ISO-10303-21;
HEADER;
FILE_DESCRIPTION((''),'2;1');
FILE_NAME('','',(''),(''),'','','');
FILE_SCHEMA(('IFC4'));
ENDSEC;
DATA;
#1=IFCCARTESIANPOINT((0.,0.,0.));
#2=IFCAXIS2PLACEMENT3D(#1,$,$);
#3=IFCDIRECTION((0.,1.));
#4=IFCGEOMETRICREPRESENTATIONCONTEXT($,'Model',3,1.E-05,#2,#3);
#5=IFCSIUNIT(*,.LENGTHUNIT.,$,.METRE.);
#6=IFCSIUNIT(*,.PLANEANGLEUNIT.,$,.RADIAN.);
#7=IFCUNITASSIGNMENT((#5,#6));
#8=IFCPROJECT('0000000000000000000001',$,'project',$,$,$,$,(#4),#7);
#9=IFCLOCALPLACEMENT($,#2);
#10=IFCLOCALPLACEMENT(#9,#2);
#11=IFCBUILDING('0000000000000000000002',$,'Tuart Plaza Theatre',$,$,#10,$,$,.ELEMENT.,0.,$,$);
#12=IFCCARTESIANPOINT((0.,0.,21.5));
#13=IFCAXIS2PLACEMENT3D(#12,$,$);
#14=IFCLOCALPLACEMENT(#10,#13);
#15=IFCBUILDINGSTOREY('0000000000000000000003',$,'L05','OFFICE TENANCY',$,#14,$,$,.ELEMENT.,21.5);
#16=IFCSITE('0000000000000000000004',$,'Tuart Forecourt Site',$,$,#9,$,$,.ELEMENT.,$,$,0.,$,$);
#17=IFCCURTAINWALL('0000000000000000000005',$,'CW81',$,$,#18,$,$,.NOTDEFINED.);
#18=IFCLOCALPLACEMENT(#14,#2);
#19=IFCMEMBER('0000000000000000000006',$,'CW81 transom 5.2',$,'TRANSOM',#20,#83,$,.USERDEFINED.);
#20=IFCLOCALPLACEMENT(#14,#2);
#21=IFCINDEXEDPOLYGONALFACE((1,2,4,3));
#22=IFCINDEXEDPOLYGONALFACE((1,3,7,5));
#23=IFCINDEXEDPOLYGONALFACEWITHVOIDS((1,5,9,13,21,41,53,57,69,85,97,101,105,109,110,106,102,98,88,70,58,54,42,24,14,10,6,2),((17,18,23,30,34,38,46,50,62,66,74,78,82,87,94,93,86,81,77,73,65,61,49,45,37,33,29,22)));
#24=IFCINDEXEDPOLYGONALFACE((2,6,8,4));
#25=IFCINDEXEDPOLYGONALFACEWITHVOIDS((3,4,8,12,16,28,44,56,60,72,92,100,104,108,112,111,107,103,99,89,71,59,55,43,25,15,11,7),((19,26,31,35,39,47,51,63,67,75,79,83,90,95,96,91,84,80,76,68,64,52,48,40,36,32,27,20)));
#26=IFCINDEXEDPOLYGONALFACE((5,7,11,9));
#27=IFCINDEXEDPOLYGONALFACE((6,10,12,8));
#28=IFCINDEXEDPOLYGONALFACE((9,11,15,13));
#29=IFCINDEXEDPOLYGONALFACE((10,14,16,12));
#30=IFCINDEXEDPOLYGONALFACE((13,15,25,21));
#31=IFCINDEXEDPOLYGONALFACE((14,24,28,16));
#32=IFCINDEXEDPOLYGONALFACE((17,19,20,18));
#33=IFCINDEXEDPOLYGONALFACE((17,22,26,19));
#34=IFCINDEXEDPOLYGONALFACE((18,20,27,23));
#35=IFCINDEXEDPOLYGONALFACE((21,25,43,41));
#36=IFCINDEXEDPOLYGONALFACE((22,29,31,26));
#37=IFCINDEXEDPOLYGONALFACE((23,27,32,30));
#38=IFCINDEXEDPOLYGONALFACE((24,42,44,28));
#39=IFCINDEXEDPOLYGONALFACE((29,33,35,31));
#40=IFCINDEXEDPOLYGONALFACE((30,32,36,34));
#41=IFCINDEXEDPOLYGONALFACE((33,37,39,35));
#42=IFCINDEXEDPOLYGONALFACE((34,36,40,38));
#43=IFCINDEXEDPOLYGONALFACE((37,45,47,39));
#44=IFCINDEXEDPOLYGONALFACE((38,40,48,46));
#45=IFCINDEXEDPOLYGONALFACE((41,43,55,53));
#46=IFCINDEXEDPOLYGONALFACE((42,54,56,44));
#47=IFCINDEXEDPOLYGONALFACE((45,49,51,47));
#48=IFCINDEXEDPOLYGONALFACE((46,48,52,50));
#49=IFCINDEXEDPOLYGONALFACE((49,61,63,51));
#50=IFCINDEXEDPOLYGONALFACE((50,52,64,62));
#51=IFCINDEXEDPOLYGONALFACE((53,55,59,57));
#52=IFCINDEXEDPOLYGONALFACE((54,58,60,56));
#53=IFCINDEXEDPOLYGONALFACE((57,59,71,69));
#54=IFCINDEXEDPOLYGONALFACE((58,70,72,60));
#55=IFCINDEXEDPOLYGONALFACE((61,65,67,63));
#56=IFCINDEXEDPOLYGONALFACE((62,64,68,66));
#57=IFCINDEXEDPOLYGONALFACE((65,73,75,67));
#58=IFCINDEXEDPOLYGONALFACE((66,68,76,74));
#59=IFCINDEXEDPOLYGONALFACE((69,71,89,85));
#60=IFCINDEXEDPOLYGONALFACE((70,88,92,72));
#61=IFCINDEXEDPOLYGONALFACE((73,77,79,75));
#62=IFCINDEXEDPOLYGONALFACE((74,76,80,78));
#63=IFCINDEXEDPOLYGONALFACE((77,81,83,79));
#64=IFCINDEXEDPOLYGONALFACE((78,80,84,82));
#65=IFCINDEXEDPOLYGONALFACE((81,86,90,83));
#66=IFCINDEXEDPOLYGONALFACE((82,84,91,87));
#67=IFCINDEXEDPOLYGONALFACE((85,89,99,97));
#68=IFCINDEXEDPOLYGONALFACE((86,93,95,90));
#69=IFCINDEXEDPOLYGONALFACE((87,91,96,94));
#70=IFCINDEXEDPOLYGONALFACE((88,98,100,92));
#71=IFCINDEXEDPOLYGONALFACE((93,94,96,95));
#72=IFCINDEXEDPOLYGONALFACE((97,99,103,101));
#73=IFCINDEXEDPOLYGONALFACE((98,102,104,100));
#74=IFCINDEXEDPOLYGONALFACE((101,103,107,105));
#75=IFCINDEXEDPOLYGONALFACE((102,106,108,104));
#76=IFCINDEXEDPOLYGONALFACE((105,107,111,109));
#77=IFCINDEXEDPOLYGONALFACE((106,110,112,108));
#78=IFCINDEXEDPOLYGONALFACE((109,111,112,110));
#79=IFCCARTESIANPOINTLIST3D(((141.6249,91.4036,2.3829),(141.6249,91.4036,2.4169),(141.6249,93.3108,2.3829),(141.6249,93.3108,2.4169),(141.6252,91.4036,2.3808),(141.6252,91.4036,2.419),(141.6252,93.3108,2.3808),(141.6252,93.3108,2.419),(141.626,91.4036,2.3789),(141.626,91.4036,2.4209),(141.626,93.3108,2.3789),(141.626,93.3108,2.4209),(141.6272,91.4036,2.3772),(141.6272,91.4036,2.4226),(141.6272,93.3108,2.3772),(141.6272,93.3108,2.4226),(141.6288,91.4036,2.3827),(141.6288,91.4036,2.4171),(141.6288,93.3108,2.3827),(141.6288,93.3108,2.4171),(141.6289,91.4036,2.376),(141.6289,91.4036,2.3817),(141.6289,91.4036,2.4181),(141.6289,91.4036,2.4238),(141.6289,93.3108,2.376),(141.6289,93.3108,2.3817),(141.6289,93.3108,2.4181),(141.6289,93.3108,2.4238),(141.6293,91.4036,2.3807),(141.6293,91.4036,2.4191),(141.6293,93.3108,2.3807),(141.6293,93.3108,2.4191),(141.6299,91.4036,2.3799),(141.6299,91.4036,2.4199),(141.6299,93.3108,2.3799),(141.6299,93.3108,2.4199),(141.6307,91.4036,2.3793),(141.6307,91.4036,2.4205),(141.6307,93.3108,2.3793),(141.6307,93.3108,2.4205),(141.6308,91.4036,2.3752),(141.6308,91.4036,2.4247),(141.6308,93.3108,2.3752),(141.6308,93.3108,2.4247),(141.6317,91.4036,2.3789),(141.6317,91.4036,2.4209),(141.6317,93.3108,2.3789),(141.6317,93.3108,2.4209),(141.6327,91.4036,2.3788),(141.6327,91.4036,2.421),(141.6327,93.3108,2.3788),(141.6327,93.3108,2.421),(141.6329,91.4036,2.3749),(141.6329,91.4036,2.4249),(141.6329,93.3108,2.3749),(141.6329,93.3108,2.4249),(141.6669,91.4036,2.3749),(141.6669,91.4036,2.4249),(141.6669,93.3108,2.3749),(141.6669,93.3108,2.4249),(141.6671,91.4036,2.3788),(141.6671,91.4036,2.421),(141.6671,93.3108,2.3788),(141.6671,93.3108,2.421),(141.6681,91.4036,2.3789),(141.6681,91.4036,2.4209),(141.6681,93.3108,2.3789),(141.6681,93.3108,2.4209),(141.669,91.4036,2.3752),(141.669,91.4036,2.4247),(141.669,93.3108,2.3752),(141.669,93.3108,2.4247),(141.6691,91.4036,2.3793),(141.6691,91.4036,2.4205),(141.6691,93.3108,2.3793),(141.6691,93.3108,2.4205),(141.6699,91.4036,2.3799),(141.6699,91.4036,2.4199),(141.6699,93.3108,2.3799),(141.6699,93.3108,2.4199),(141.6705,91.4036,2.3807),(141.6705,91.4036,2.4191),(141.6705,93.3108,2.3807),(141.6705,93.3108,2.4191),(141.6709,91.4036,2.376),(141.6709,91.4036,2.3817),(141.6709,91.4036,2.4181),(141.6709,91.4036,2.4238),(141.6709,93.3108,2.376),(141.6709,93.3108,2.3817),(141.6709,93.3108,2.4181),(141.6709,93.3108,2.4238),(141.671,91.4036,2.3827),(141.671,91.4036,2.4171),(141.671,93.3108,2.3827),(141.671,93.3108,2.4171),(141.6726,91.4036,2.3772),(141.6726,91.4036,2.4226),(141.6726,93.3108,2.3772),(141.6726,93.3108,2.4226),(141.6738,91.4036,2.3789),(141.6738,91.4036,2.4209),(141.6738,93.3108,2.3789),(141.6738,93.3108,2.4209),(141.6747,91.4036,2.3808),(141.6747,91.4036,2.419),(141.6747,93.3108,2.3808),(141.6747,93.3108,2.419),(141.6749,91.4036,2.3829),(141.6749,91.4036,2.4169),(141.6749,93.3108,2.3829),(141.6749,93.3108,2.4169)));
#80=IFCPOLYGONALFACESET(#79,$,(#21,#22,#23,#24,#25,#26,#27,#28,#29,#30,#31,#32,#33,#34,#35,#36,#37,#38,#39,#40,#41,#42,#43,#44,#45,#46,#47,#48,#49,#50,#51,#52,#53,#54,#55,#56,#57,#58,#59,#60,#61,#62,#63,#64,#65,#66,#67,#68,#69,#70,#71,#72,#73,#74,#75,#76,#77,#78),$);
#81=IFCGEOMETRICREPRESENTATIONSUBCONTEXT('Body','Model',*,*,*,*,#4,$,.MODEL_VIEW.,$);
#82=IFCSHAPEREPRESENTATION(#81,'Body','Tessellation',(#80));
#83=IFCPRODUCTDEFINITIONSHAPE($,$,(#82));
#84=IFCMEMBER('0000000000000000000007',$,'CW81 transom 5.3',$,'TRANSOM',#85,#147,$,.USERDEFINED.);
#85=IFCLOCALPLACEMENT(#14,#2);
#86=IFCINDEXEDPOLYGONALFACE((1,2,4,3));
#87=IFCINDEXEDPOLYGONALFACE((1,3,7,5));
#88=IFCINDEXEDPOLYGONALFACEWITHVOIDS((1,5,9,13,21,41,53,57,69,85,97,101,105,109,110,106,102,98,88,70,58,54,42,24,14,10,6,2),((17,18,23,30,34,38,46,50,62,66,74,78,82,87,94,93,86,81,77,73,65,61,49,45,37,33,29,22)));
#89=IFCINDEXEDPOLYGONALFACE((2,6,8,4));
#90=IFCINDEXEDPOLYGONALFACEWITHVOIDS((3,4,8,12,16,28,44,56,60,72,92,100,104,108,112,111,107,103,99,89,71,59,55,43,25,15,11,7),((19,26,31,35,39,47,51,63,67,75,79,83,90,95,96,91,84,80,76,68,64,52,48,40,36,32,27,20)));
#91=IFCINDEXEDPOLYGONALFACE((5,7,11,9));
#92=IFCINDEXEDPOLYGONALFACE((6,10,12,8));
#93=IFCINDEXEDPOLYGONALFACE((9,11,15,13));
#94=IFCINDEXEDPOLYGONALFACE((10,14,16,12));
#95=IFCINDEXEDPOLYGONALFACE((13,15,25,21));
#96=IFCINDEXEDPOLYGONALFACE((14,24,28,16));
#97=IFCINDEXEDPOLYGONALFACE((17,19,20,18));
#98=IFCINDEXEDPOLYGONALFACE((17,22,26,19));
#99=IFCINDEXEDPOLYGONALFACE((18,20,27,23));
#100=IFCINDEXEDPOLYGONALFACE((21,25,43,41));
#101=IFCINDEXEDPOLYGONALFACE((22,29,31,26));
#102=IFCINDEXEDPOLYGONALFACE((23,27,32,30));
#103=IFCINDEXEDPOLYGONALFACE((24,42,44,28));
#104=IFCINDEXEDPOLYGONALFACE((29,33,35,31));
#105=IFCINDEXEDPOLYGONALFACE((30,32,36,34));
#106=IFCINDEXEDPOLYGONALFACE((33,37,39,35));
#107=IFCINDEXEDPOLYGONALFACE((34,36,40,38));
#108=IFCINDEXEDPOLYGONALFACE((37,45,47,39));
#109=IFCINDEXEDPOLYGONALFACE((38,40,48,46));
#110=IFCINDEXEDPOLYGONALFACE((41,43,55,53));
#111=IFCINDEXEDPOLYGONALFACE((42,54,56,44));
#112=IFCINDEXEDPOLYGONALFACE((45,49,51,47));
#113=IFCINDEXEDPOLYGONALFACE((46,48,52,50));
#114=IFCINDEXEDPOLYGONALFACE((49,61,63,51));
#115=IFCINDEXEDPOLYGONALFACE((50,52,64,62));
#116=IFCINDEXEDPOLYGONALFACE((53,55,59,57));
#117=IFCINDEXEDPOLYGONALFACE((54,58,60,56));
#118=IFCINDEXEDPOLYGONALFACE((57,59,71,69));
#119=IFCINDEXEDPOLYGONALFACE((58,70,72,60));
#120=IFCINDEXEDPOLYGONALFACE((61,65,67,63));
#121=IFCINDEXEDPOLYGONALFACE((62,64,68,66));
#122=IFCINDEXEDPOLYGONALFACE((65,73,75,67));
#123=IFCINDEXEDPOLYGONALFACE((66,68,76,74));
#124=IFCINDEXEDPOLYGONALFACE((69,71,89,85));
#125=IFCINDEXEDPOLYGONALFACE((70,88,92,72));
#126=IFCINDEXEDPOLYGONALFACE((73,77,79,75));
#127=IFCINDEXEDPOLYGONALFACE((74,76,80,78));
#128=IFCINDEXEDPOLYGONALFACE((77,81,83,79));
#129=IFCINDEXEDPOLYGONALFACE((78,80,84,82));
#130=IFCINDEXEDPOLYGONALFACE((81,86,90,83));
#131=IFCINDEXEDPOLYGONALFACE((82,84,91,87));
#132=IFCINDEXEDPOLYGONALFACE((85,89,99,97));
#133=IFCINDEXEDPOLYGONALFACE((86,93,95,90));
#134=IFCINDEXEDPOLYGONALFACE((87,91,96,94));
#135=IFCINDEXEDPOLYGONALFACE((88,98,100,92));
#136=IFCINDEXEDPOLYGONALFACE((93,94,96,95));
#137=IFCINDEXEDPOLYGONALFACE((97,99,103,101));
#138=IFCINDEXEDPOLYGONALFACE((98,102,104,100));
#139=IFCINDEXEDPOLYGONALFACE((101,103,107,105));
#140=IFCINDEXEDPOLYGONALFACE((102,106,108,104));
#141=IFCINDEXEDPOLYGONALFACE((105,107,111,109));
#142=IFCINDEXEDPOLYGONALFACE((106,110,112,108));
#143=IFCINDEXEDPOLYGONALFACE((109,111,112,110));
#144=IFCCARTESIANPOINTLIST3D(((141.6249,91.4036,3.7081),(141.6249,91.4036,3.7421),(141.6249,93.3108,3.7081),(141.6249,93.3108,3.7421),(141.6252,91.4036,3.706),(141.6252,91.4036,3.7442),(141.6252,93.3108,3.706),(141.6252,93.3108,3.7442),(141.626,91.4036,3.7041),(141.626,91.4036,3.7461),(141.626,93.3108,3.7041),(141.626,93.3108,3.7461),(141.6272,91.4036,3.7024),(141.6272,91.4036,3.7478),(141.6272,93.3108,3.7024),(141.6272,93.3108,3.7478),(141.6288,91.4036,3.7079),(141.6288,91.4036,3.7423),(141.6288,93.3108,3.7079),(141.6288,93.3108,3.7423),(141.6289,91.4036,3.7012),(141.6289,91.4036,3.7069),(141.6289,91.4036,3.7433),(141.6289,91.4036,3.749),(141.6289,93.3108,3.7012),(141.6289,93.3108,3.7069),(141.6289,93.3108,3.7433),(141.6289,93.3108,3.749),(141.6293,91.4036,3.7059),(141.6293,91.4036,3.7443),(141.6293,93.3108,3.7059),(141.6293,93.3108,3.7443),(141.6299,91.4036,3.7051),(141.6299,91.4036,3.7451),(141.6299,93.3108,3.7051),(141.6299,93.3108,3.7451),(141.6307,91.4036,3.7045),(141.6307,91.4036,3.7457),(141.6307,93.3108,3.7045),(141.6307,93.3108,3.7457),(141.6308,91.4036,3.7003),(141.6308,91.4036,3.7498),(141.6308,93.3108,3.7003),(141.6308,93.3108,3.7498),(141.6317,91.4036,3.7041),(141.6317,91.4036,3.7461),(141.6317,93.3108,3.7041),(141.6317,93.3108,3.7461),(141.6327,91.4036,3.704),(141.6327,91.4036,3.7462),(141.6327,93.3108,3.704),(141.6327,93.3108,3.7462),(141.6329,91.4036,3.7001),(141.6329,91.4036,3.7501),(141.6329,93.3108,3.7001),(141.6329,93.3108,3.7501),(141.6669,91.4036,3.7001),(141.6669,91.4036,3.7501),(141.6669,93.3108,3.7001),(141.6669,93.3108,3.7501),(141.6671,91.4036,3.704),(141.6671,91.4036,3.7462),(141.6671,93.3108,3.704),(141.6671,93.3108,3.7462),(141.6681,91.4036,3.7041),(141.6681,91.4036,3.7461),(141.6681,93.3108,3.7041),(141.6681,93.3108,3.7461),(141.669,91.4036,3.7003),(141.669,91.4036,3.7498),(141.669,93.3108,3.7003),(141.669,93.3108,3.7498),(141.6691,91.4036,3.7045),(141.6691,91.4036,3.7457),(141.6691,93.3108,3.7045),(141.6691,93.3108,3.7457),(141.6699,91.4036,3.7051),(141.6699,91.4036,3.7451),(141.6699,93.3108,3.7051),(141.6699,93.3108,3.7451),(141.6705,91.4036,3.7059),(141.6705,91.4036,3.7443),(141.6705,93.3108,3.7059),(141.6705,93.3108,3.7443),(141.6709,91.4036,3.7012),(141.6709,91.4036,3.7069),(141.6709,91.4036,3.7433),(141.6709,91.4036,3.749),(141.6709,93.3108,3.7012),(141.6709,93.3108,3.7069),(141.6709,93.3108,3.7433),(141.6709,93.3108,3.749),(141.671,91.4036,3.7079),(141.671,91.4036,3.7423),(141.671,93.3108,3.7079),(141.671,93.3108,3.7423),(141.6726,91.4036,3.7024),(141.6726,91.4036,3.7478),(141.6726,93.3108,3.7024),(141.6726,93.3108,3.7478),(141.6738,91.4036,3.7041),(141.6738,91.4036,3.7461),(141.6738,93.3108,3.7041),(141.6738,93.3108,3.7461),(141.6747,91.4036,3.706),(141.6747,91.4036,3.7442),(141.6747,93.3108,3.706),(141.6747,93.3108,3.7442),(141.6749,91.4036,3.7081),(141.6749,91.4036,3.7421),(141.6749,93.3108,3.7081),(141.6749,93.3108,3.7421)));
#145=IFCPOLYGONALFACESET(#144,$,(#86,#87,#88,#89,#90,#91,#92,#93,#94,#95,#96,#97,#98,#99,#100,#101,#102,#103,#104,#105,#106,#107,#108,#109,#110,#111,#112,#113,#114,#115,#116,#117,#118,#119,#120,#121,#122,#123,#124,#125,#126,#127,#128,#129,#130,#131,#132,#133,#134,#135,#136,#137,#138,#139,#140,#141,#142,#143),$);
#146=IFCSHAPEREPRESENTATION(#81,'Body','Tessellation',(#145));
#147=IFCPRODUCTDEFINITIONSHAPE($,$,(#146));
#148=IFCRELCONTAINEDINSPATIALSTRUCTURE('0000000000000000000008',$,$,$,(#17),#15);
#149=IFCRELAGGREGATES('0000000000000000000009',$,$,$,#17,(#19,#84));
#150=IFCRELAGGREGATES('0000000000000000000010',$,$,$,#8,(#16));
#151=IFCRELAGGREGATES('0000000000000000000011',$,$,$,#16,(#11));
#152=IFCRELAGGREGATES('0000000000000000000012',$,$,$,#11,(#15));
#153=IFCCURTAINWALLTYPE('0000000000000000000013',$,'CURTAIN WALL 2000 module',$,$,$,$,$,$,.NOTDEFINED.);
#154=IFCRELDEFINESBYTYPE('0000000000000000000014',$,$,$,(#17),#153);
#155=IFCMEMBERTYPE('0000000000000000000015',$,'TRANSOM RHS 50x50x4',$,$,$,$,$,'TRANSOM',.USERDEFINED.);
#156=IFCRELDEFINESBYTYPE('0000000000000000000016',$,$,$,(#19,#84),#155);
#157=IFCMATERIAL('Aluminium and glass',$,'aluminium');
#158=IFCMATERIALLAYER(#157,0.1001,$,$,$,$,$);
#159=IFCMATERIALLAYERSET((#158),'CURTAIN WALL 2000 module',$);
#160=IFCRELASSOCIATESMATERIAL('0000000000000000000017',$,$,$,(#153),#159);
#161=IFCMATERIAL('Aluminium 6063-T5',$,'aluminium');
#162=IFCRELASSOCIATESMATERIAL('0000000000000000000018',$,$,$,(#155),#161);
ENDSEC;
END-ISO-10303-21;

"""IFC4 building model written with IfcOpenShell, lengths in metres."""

from ifc_helpers import new_model, si_unit, direction, frame, origin, origin_2d, place, context, subcontext, project, spatial, hollow_rectangle, extrude, material, layer, layer_set, material_profile, profile_set, type_object, element, aggregate, save


model = new_model("IFC4")

# Units and contexts
model_context = context("Model", 3, precision=1e-05, world=origin(), true_north=direction((0.0, 1.0)))
body_context = subcontext(model_context, "Body", "Model", "MODEL_VIEW")
ifc_project = project(units=[si_unit("LENGTHUNIT", "METRE"), si_unit("PLANEANGLEUNIT", "RADIAN")], contexts=[model_context])

# Site, building, storey
site_placement = place(None, origin())
site = spatial("IfcSite", under=ifc_project, at=site_placement, Name="Tuart Forecourt Site", CompositionType="ELEMENT", RefElevation=0.0)
building_placement = place(site_placement, origin())
building = spatial("IfcBuilding", under=site, at=building_placement, Name="Tuart Plaza Theatre", CompositionType="ELEMENT", ElevationOfRefHeight=0.0)
storey_placement = place(building_placement, frame((0.0, 0.0, 21.5)))
storey = spatial("IfcBuildingStorey", under=building, at=storey_placement, Name="L05", Description="OFFICE TENANCY", CompositionType="ELEMENT", Elevation=21.5)

# Curtain wall
ifc_material_1 = material(Name="Aluminium and glass", Category="aluminium")
ifc_layer_1 = layer(ifc_material_1, 0.1001)
ifc_layer_set_1 = layer_set([ifc_layer_1], Name="CURTAIN WALL 2000 module")
curtain_wall_type = type_object("IfcCurtainWallType", Name="CURTAIN WALL 2000 module", PredefinedType="NOTDEFINED", material=ifc_layer_set_1)
curtain_wall_1_placement = place(storey_placement, origin())
curtain_wall_1 = element("IfcCurtainWall", 1, at=curtain_wall_1_placement, inside=storey, type_object=curtain_wall_type, Name="CW81", PredefinedType="NOTDEFINED")

# Members
ifc_material_2 = material(Name="Aluminium 6063-T5", Category="aluminium")
ifc_material_profile_1 = material_profile(ifc_material_2, hollow_rectangle(XDim=0.05, YDim=0.05, WallThickness=0.0039, InnerFilletRadius=0.0039, OuterFilletRadius=0.0081, at=origin_2d()), Name="RHS 50x50x4")
ifc_profile_set_1 = profile_set([ifc_material_profile_1], Name="Aluminium 6063-T5")
member_type_1 = type_object("IfcMemberType", Name="TRANSOM RHS 50x50x4", ElementType="TRANSOM", PredefinedType="USERDEFINED", material=ifc_profile_set_1)
member_1_placement = place(storey_placement, frame((141.6499, 91.4036, 2.3999), z_axis=(0.0, 1.0, 0.0), x_axis=(-1.0, 0.0, 0.0)))
member_1 = element("IfcMember", 2, at=member_1_placement, type_object=member_type_1, Name="CW81 transom 5.2", ObjectType="TRANSOM", PredefinedType="USERDEFINED", context=body_context, shape_type="SweptSolid", body=[
    extrude(hollow_rectangle(XDim=0.05, YDim=0.05, WallThickness=0.0039, InnerFilletRadius=0.0039, OuterFilletRadius=0.0081, at=origin_2d()), origin(), (0.0, 0.0, 1.0), 1.9072),
])
member_2_placement = place(storey_placement, frame((141.6499, 91.4036, 3.7251), z_axis=(0.0, 1.0, 0.0), x_axis=(-1.0, 0.0, 0.0)))
member_2 = element("IfcMember", 3, at=member_2_placement, type_object=member_type_1, Name="CW81 transom 5.3", ObjectType="TRANSOM", PredefinedType="USERDEFINED", context=body_context, shape_type="SweptSolid", body=[
    extrude(hollow_rectangle(XDim=0.05, YDim=0.05, WallThickness=0.0039, InnerFilletRadius=0.0039, OuterFilletRadius=0.0081, at=origin_2d()), origin(), (0.0, 0.0, 1.0), 1.9072),
])

aggregate(curtain_wall_1, [member_1, member_2])

save(model, "model.ifc")
